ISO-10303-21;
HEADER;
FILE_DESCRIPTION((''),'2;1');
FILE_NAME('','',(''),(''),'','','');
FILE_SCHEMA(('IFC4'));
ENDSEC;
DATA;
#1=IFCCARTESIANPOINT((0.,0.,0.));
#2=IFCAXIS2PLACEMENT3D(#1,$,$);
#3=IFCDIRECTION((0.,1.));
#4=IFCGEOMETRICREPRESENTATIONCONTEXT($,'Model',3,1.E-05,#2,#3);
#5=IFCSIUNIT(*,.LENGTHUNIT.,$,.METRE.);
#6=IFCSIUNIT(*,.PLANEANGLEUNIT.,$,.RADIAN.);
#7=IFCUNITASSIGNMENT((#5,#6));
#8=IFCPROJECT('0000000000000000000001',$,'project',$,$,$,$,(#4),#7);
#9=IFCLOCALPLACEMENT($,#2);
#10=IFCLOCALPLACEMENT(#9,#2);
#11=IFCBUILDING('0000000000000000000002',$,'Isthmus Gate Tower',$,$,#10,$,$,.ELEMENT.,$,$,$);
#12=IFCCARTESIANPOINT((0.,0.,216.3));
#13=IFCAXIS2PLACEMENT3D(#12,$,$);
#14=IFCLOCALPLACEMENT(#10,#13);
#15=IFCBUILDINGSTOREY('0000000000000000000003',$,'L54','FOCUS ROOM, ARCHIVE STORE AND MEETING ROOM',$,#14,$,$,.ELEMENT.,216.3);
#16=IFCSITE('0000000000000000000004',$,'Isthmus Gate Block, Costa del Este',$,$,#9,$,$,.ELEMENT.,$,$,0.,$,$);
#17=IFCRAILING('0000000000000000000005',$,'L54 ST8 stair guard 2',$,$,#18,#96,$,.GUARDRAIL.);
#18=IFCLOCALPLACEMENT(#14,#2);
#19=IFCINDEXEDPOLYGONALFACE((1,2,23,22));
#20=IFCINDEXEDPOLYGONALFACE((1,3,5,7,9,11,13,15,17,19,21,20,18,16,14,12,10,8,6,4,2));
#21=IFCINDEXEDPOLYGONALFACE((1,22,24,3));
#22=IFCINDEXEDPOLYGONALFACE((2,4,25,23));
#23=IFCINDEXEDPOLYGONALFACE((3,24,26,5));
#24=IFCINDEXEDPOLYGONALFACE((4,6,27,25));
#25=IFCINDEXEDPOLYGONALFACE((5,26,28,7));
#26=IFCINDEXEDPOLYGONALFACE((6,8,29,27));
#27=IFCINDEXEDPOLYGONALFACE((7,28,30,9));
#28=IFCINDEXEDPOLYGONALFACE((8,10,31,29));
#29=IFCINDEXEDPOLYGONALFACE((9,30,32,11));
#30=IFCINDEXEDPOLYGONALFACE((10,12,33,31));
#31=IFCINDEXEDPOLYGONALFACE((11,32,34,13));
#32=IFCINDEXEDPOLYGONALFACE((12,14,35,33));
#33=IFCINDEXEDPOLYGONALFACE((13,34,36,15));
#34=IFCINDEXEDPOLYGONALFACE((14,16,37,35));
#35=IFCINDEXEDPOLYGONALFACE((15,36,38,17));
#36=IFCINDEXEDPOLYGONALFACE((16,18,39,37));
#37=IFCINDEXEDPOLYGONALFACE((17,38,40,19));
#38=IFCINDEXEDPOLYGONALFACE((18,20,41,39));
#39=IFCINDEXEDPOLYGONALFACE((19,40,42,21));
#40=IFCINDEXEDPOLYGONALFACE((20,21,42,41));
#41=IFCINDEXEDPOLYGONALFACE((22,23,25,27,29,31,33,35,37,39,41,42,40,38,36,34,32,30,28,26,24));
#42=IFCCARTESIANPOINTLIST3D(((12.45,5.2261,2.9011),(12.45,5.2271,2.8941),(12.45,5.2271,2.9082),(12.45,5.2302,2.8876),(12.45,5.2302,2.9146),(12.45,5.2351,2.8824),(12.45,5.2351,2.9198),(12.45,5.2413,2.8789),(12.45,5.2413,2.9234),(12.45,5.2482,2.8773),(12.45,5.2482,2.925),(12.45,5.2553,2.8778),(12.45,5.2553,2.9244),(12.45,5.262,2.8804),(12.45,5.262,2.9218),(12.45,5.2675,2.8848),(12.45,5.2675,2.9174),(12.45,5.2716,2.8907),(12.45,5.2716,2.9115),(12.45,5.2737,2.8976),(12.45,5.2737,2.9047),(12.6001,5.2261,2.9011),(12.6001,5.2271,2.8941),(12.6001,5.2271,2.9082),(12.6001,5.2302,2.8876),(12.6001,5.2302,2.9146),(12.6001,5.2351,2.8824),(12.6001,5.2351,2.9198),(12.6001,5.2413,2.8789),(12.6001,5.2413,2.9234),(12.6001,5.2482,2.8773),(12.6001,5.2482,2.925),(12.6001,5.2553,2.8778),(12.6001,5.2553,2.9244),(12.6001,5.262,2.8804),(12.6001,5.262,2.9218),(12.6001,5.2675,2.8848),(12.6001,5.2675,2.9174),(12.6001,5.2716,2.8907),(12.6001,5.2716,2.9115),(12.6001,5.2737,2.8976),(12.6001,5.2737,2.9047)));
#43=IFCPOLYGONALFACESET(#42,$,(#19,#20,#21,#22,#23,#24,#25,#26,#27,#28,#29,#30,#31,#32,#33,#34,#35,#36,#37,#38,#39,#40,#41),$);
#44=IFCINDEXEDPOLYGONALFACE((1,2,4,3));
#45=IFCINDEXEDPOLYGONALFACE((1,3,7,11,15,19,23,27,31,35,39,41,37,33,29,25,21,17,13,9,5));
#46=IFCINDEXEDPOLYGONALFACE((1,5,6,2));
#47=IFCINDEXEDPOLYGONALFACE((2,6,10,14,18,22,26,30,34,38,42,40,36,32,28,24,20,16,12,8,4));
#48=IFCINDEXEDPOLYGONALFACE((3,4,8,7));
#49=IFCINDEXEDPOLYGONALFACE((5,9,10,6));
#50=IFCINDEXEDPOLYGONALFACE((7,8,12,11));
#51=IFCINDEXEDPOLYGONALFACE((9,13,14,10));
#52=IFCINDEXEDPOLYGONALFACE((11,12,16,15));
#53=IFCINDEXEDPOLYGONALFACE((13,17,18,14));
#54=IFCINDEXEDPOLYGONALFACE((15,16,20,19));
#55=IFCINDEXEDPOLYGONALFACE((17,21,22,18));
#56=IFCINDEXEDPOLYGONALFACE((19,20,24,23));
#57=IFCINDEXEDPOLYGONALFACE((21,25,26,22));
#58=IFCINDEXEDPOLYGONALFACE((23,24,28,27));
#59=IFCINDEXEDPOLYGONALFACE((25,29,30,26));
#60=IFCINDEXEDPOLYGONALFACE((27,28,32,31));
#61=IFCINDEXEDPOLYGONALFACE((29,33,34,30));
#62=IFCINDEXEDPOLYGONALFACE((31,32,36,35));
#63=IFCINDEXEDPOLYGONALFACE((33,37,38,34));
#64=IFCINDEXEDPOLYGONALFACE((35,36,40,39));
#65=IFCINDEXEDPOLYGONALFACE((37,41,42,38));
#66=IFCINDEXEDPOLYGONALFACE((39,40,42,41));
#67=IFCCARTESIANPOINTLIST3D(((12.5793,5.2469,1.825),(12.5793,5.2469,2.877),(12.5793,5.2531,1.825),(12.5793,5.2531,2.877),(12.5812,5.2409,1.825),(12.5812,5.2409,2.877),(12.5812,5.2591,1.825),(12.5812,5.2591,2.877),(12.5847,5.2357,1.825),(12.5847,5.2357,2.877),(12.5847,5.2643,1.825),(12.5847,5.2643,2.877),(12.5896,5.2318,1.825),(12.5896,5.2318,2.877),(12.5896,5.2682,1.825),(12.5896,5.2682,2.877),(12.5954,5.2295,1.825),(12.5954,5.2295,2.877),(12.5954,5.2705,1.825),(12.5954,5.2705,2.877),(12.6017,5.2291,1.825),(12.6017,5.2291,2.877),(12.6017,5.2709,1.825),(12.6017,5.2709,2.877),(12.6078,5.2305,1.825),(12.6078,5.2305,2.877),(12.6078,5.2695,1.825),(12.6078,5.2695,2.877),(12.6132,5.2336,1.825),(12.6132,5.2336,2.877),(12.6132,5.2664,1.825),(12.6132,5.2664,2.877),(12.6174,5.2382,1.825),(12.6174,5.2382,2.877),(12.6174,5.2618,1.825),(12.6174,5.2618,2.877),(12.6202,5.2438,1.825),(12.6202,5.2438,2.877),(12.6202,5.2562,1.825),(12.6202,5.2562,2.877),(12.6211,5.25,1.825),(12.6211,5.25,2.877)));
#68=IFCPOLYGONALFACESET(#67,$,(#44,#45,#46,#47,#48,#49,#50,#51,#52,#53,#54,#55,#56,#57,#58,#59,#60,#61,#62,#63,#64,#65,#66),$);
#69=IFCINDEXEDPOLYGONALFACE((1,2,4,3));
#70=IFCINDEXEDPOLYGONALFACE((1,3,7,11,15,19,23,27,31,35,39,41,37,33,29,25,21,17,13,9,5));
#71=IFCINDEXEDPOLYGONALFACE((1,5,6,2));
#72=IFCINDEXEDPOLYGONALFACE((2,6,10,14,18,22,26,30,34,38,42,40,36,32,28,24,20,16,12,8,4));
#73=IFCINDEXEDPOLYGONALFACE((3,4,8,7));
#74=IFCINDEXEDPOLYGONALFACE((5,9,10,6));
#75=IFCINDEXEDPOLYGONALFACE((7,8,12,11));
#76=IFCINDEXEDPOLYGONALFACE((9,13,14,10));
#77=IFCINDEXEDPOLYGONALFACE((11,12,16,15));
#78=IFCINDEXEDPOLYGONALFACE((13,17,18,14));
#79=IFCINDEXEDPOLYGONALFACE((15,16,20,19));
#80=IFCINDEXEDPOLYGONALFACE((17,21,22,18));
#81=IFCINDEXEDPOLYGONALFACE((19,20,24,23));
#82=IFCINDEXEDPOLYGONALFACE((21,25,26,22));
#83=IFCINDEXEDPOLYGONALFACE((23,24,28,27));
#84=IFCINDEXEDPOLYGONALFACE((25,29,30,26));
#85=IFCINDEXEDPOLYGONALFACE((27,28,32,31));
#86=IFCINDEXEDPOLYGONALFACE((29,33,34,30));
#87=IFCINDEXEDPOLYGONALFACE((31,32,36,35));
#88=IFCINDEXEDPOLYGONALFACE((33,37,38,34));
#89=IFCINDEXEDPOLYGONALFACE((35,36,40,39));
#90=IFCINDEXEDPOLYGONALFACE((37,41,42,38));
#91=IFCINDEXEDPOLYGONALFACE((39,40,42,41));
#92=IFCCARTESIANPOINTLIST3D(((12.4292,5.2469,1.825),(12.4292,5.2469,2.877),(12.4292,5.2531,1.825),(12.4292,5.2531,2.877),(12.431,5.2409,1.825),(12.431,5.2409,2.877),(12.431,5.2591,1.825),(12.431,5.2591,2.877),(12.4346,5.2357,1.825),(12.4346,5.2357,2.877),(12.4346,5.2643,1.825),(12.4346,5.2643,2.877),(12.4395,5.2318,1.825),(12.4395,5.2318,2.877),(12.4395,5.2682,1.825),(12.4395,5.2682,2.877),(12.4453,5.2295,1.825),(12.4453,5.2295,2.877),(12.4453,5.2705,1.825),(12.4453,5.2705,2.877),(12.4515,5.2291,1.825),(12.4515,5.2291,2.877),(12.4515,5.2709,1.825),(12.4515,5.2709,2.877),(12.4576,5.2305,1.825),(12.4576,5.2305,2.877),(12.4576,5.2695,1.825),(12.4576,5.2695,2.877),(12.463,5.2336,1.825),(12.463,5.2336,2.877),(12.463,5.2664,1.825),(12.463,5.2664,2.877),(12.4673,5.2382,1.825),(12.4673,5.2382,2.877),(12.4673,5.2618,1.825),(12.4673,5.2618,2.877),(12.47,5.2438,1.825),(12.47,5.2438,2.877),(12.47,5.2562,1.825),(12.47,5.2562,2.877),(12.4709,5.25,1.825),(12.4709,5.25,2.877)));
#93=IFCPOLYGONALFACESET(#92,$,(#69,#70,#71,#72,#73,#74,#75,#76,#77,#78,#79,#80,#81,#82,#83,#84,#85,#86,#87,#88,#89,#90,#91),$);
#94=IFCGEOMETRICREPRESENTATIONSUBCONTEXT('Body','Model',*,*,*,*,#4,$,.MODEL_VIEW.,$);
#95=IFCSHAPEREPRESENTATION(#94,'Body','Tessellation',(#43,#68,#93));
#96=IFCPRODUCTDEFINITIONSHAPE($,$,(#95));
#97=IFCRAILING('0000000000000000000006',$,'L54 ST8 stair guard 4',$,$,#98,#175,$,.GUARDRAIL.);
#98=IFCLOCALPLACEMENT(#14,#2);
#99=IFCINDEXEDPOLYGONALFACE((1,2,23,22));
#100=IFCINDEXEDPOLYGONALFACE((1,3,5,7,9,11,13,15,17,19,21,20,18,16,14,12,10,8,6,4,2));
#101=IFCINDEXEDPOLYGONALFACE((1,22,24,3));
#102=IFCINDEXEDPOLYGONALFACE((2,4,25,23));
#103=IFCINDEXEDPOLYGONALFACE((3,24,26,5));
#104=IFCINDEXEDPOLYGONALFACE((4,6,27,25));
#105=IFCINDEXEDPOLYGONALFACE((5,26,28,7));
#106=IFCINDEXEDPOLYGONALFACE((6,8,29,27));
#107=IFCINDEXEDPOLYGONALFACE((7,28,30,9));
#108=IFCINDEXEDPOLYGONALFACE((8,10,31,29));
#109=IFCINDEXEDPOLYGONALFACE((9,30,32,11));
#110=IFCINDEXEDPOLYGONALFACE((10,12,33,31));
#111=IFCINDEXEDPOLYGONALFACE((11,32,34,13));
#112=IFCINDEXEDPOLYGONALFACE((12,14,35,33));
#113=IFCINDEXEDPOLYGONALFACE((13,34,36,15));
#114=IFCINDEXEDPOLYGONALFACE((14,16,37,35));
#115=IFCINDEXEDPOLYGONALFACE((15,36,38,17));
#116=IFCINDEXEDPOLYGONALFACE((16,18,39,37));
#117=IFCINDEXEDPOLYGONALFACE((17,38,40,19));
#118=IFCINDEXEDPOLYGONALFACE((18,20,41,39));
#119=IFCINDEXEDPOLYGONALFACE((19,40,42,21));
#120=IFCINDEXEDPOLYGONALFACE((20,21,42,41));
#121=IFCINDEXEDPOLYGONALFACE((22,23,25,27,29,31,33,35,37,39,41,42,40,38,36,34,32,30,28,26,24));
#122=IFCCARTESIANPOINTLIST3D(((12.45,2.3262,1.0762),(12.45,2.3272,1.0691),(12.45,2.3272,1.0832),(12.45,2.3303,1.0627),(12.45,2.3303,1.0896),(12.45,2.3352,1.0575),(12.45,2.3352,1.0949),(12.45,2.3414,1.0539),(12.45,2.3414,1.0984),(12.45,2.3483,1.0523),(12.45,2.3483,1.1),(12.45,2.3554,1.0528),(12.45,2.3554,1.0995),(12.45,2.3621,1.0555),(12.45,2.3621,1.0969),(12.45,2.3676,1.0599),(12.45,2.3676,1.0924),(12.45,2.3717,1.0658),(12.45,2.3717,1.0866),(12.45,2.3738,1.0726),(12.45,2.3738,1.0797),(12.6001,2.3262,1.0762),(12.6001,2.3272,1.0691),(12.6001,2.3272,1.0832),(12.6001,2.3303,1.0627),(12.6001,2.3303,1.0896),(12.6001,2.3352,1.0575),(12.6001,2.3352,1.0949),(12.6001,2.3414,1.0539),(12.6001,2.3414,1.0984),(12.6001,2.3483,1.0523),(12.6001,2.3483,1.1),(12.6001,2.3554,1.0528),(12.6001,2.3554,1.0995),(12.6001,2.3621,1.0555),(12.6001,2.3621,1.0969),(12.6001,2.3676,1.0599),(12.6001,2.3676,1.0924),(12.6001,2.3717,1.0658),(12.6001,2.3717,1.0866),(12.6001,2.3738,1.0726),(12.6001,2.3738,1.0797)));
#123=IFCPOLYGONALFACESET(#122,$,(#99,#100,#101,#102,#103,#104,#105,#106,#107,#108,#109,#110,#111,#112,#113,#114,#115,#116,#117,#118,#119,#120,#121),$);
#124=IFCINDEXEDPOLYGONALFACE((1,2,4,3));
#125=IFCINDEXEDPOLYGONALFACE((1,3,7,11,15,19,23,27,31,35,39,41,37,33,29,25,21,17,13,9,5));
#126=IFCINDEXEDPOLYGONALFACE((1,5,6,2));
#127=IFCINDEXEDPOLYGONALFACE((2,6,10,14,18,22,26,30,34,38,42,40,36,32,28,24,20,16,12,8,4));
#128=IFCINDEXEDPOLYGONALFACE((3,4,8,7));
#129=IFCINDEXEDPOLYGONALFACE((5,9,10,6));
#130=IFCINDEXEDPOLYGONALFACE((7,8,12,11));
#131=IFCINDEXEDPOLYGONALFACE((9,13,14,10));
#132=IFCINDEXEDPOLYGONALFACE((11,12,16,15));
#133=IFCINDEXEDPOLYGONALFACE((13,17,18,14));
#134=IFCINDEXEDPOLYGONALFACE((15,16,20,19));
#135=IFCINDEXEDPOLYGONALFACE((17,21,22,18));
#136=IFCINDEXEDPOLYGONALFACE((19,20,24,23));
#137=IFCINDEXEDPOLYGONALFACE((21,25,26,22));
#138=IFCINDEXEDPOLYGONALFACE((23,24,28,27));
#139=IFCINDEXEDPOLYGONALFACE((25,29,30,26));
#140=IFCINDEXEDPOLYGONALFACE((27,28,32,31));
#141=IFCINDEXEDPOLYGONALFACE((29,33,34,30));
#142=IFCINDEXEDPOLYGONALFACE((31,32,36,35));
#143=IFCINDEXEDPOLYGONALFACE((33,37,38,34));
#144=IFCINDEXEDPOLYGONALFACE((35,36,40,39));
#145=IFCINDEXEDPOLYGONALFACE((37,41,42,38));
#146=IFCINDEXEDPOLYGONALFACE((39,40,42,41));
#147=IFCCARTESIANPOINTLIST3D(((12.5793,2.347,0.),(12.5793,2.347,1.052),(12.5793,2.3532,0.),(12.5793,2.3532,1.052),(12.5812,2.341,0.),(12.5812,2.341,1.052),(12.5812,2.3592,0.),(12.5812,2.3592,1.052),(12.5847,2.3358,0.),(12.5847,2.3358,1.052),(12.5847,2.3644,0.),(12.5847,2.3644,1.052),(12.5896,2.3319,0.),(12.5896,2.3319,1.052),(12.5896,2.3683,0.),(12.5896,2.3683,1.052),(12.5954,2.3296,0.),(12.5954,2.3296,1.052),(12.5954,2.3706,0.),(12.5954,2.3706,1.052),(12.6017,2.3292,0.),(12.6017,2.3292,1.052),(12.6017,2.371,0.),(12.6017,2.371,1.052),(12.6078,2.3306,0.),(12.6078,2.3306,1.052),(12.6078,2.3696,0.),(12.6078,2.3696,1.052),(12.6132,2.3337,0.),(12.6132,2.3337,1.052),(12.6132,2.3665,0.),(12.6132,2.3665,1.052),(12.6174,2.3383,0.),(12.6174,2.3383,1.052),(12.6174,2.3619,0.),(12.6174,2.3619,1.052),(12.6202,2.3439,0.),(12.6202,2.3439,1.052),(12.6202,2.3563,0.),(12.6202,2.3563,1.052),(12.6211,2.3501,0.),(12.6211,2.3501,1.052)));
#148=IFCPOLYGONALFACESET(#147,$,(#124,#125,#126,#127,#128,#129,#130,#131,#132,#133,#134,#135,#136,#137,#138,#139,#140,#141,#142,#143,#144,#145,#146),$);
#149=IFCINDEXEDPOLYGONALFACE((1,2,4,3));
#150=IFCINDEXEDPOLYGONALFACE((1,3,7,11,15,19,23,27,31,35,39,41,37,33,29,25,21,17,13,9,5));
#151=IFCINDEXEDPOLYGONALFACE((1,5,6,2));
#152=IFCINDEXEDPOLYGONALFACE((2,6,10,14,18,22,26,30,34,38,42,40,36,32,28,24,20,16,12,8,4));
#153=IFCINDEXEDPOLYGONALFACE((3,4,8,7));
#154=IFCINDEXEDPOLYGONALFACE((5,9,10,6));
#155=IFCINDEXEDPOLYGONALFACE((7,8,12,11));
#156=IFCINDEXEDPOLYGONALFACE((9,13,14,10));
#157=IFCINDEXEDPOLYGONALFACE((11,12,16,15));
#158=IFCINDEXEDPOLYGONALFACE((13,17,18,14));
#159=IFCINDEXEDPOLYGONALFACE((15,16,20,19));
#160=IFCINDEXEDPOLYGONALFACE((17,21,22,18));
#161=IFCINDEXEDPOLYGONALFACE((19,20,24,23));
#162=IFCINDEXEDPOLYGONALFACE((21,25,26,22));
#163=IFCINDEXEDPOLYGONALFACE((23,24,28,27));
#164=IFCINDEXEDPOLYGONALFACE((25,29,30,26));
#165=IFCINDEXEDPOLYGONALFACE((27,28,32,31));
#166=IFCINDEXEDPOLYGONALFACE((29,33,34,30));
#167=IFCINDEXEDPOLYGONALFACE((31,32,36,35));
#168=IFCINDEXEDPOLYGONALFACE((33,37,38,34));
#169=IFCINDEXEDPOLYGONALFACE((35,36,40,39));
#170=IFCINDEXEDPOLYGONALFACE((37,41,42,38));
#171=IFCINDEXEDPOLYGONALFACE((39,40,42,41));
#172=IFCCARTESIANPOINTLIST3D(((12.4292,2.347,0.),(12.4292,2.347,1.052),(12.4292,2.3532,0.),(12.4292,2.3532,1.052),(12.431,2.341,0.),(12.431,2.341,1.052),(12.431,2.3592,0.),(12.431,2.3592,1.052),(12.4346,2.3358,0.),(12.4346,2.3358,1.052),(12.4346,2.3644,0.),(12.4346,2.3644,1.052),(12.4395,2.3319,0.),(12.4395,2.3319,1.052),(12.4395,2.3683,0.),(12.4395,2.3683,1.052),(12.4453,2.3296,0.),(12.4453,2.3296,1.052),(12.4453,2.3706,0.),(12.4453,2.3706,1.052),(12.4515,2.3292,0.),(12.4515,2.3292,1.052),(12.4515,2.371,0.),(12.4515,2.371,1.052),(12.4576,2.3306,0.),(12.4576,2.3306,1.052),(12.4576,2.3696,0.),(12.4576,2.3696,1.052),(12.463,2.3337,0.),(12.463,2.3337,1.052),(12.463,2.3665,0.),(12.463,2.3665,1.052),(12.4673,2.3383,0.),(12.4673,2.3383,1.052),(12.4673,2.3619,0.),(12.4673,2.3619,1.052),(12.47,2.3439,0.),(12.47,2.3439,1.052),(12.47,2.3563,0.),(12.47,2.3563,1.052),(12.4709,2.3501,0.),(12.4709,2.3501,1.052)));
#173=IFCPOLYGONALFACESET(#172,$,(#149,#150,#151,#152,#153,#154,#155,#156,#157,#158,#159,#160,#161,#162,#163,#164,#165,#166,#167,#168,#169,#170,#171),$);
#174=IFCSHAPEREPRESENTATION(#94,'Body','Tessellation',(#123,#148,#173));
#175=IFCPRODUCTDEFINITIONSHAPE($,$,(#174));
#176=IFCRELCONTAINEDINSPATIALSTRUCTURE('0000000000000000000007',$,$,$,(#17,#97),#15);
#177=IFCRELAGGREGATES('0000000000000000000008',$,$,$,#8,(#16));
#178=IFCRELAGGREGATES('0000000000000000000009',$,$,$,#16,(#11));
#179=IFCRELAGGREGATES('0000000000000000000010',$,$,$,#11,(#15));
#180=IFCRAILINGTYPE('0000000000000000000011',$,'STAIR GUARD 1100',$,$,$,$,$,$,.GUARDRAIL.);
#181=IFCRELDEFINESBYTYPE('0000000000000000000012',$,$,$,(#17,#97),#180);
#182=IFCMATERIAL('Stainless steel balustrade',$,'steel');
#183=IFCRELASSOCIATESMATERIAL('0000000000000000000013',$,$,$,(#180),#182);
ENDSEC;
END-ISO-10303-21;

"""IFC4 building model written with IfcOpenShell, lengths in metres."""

from ifc_helpers import new_model, si_unit, direction, frame, origin, origin_2d, place, context, subcontext, project, spatial, circle, extrude, material, type_object, element, save


model = new_model("IFC4")

# Units and contexts
model_context = context("Model", 3, precision=1e-05, world=origin(), true_north=direction((0.0, 1.0)))
body_context = subcontext(model_context, "Body", "Model", "MODEL_VIEW")
ifc_project = project(units=[si_unit("LENGTHUNIT", "METRE"), si_unit("PLANEANGLEUNIT", "RADIAN")], contexts=[model_context])

# Site, building, storey
site_placement = place(None, origin())
site = spatial("IfcSite", under=ifc_project, at=site_placement, Name="Isthmus Gate Block, Costa del Este", CompositionType="ELEMENT", RefElevation=0.0)
building_placement = place(site_placement, origin())
building = spatial("IfcBuilding", under=site, at=building_placement, Name="Isthmus Gate Tower", CompositionType="ELEMENT")
storey_placement = place(building_placement, frame((0.0, 0.0, 216.3)))
storey = spatial("IfcBuildingStorey", under=building, at=storey_placement, Name="L54", Description="FOCUS ROOM, ARCHIVE STORE AND MEETING ROOM", CompositionType="ELEMENT", Elevation=216.3)

# Railings
ifc_material_1 = material(Name="Stainless steel balustrade", Category="steel")
railing_type_1 = type_object("IfcRailingType", Name="STAIR GUARD 1100", PredefinedType="GUARDRAIL", material=ifc_material_1)
for number, where, name in (
    (1, (12.6001, 5.25, 1.825), "L54 ST8 stair guard 2"),
    (2, (12.6001, 2.3501, 0.0), "L54 ST8 stair guard 4"),
):
    element("IfcRailing", number, at=place(storey_placement, frame(where)), inside=storey, type_object=railing_type_1, Name=name, PredefinedType="GUARDRAIL", context=body_context, shape_type="SweptSolid", body=[
        extrude(circle(Radius=0.0239, at=origin_2d()), frame((0.0, 0.0, 1.0762), z_axis=(-1.0, 0.0, 0.0), x_axis=(0.0, -1.0, 0.0)), (0.0, 0.0, 1.0), 0.1501),
        extrude(circle(Radius=0.021, at=origin_2d()), origin(), (0.0, 0.0, 1.0), 1.052),
        extrude(circle(Radius=0.021, at=origin_2d()), frame((-0.1501, 0.0, 0.0)), (0.0, 0.0, 1.0), 1.052),
    ])

save(model, "model.ifc")
